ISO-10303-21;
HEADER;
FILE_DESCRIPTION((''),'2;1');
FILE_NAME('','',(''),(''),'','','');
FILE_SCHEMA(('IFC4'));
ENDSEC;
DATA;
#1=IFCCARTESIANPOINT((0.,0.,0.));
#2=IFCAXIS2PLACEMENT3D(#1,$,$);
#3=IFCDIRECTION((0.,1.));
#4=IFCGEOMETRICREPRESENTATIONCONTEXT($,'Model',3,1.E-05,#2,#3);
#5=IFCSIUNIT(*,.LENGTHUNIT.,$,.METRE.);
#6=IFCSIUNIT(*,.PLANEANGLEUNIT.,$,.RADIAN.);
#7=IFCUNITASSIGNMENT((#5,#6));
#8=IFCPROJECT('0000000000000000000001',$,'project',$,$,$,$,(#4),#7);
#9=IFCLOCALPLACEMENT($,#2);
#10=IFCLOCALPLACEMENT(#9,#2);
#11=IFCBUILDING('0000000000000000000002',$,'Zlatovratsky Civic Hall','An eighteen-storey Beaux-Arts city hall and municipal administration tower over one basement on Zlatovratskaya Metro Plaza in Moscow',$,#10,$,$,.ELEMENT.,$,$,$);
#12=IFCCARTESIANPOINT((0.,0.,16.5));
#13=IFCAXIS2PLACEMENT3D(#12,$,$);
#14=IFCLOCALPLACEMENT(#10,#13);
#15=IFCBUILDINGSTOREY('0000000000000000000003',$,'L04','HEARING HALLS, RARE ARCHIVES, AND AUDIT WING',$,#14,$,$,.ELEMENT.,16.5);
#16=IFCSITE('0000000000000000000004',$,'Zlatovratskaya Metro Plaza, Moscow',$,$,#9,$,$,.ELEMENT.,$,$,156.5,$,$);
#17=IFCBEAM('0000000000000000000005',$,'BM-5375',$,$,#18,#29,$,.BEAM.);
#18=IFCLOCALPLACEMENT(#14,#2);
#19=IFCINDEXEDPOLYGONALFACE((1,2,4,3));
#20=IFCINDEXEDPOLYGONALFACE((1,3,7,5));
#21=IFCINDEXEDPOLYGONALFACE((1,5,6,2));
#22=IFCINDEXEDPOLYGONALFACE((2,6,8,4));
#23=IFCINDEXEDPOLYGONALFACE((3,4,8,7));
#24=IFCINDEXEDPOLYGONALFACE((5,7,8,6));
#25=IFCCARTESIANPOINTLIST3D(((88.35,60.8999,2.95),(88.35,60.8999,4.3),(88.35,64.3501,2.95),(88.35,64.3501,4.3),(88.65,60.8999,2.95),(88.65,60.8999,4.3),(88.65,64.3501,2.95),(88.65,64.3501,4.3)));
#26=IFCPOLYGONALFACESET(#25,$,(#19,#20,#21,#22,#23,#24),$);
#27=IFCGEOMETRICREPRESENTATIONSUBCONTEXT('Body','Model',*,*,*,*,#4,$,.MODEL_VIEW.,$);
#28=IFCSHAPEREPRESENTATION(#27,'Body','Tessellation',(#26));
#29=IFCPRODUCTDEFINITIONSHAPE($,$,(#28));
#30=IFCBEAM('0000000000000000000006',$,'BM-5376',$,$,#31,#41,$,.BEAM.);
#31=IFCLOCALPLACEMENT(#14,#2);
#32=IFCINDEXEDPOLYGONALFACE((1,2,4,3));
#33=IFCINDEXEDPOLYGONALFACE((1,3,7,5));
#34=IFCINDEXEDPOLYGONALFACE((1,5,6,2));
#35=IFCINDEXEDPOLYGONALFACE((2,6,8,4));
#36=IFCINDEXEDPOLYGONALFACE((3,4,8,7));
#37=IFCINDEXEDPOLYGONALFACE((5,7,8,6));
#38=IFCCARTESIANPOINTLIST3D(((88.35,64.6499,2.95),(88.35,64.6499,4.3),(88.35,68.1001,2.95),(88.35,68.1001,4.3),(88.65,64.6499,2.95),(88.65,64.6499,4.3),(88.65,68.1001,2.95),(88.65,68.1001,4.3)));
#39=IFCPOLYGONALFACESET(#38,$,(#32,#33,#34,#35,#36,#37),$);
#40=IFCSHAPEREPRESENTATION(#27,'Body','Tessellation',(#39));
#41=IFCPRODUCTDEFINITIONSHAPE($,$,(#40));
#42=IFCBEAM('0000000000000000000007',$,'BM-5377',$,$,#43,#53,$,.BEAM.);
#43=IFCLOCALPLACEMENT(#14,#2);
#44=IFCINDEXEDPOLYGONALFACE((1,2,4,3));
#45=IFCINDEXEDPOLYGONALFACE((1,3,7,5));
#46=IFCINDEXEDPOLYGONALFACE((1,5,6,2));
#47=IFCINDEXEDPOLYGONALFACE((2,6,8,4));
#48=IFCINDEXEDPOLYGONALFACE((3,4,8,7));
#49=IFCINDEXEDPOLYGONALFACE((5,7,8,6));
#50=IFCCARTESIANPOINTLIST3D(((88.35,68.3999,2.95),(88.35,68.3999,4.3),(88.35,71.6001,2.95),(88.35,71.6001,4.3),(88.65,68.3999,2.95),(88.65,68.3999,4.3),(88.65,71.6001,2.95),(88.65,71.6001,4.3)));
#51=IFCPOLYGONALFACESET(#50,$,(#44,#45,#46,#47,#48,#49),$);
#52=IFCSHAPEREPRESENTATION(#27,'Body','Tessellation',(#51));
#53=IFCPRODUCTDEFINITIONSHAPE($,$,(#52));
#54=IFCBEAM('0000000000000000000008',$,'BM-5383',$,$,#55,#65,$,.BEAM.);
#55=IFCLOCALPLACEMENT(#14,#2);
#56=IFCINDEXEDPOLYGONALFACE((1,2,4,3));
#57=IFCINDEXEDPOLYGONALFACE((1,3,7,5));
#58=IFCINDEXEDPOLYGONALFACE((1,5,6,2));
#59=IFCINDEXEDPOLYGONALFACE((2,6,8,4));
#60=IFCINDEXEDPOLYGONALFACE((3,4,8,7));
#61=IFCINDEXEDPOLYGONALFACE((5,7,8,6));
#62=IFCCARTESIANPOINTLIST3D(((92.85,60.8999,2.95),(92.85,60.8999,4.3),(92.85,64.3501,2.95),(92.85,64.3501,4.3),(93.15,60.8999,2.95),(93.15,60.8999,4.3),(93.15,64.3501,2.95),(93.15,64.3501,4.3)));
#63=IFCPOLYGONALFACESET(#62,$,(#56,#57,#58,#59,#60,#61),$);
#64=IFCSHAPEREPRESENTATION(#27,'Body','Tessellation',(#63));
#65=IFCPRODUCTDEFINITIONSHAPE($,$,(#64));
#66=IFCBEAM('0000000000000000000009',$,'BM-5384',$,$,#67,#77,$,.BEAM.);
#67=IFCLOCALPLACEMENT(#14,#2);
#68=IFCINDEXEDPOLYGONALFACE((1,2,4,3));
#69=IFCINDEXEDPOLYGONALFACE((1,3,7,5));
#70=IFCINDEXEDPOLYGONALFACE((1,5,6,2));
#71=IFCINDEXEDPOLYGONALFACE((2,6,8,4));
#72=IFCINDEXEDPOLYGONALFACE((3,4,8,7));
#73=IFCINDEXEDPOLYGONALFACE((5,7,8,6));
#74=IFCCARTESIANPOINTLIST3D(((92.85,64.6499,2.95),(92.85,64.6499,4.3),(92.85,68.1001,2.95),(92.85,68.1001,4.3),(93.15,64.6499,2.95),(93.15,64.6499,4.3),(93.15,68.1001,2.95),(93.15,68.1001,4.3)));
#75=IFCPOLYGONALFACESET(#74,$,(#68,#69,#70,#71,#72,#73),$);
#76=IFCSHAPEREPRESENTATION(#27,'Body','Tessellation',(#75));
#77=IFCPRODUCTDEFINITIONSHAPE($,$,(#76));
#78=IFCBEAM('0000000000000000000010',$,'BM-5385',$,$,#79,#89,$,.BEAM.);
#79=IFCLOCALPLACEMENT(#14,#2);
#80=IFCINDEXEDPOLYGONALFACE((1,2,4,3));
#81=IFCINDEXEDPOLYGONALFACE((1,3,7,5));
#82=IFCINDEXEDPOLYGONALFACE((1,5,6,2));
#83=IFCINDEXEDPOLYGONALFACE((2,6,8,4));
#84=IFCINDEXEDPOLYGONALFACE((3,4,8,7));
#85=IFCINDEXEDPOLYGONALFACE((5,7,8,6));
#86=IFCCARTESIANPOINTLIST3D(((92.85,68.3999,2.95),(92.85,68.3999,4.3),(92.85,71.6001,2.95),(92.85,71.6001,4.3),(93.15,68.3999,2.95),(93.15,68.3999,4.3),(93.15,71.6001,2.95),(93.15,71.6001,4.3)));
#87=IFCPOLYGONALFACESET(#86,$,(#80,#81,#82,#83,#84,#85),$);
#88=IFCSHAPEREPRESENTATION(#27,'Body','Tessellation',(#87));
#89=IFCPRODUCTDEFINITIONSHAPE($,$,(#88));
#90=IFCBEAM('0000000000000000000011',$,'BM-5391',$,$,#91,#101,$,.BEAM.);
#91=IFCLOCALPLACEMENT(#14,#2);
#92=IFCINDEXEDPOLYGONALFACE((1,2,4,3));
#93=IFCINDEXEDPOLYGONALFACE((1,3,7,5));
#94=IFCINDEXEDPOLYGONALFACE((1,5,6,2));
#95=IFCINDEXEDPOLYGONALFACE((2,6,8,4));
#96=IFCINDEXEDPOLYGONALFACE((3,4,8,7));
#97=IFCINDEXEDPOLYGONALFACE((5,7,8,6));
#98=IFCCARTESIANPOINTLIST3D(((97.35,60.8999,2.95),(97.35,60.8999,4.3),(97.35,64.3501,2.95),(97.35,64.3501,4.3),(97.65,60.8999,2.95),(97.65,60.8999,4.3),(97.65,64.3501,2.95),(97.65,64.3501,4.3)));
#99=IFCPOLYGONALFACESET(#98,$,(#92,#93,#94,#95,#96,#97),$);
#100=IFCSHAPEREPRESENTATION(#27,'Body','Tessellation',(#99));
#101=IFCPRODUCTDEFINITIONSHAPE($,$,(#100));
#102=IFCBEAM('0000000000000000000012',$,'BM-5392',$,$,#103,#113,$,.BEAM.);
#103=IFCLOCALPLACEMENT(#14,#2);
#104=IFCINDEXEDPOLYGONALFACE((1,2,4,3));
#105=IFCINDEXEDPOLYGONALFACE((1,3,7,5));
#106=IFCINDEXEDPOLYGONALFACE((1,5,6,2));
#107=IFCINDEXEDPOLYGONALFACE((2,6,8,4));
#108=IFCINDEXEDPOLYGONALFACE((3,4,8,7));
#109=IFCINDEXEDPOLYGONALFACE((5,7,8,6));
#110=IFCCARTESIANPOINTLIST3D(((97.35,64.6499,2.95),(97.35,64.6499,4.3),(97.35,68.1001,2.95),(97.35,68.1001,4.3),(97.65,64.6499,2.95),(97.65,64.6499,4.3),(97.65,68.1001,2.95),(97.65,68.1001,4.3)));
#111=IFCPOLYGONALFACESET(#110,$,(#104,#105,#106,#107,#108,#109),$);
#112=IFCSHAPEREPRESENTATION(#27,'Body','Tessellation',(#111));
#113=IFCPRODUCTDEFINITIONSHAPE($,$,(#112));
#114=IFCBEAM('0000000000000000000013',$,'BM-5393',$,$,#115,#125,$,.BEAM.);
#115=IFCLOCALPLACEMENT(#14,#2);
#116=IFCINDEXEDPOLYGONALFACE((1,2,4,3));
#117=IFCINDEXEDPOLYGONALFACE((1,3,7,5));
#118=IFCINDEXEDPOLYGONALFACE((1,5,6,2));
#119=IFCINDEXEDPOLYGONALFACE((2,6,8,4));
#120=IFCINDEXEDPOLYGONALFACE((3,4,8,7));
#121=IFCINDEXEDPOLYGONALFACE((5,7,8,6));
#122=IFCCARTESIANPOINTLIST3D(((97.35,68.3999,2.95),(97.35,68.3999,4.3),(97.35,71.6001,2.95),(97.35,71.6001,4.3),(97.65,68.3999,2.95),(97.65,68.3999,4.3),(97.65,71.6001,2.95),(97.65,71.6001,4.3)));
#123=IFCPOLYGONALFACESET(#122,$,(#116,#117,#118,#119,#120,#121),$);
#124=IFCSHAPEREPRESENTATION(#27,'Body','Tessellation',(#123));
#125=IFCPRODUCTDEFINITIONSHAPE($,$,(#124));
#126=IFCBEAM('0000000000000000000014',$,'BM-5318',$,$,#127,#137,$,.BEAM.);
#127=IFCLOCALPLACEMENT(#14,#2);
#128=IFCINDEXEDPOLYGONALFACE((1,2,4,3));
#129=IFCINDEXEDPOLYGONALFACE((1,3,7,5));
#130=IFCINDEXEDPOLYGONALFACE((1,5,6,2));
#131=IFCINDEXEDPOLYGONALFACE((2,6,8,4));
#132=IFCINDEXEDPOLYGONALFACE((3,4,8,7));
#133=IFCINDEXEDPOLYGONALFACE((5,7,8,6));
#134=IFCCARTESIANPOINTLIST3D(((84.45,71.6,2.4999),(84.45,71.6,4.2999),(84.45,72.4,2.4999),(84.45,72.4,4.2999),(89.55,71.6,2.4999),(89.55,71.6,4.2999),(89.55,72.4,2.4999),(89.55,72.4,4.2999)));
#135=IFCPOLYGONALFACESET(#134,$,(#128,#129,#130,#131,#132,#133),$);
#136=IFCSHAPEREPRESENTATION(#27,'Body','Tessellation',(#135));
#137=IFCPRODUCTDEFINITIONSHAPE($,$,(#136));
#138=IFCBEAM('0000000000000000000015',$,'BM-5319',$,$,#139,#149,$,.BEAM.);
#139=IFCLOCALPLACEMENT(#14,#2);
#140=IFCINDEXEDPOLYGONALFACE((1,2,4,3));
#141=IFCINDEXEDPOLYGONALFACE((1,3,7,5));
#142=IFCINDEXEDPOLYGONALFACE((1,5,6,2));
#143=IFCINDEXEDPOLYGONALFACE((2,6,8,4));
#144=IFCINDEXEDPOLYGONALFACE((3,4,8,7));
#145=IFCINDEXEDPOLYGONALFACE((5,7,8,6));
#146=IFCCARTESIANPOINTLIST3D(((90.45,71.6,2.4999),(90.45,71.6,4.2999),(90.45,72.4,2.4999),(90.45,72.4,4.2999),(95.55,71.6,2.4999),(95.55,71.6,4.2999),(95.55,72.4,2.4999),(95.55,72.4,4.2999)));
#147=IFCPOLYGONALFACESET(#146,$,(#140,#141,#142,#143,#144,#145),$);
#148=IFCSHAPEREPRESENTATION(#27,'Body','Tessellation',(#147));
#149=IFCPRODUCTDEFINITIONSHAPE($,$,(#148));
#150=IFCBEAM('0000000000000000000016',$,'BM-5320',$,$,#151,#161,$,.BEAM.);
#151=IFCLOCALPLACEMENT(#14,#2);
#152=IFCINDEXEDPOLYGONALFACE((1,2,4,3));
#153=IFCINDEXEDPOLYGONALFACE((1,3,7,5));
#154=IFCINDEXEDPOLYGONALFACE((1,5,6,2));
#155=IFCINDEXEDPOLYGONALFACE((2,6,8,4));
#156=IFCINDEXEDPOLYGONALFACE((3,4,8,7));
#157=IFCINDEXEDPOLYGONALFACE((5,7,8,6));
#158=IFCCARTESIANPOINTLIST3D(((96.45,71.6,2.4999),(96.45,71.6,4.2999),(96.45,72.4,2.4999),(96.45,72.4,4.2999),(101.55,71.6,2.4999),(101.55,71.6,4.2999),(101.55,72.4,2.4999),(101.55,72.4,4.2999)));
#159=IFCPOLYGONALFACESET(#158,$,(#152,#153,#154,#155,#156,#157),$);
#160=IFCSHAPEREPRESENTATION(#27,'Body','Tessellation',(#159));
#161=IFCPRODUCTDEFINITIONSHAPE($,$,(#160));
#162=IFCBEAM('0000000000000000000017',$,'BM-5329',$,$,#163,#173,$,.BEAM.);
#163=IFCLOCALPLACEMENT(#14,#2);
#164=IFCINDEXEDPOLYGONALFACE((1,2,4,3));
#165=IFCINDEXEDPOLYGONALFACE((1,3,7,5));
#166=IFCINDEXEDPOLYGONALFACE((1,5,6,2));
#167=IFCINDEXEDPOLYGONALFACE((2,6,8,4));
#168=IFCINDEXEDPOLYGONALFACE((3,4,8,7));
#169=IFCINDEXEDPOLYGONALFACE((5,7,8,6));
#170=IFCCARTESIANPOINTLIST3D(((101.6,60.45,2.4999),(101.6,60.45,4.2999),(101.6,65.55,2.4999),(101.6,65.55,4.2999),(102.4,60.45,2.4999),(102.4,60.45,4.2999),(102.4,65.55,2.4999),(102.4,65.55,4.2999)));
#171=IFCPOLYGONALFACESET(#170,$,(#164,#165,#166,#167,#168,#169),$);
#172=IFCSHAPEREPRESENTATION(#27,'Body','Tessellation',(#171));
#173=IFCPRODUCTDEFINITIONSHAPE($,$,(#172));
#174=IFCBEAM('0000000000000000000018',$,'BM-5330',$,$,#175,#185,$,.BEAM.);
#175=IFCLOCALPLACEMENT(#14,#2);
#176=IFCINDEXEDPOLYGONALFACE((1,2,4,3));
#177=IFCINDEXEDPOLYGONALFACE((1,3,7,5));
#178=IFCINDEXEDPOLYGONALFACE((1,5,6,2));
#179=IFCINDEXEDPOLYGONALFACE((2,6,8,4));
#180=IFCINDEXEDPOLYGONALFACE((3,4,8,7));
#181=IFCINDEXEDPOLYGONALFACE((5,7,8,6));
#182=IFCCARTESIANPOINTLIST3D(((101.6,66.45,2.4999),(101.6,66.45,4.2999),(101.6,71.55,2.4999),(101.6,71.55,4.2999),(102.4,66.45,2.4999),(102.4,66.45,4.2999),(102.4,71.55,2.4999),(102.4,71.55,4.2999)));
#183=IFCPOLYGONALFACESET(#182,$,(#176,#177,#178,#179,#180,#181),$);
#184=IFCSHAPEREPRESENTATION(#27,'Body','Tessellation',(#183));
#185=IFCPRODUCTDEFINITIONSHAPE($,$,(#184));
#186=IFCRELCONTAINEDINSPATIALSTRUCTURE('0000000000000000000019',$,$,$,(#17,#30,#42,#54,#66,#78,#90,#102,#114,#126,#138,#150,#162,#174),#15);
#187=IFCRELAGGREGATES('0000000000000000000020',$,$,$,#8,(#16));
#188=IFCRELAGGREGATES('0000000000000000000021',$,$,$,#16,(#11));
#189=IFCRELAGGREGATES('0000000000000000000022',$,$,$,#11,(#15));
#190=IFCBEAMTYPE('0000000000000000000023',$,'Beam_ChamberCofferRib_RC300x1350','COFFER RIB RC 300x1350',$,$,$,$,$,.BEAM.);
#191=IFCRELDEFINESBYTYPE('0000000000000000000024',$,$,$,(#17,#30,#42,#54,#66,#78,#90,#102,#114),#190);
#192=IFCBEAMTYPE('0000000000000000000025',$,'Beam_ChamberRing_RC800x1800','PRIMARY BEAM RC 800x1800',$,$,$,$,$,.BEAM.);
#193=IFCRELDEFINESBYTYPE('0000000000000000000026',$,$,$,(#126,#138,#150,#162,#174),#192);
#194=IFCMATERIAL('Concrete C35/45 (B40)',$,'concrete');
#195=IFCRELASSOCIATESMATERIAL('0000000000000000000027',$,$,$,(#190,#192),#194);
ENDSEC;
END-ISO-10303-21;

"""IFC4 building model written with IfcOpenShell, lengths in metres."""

from ifc_helpers import new_model, si_unit, direction, frame, origin, origin_2d, place, context, subcontext, project, spatial, rectangle, extrude, material, material_profile, profile_set, type_object, element, save


model = new_model("IFC4")

# Units and contexts
model_context = context("Model", 3, precision=1e-05, world=origin(), true_north=direction((0.0, 1.0)))
body_context = subcontext(model_context, "Body", "Model", "MODEL_VIEW")
ifc_project = project(units=[si_unit("LENGTHUNIT", "METRE"), si_unit("PLANEANGLEUNIT", "RADIAN")], contexts=[model_context])

# Site, building, storey
site_placement = place(None, origin())
site = spatial("IfcSite", under=ifc_project, at=site_placement, Name="Zlatovratskaya Metro Plaza, Moscow", CompositionType="ELEMENT", RefElevation=156.5)
building_placement = place(site_placement, origin())
building = spatial("IfcBuilding", under=site, at=building_placement, Name="Zlatovratsky Civic Hall", Description="An eighteen-storey Beaux-Arts city hall and municipal administration tower over one basement on Zlatovratskaya Metro Plaza in Moscow", CompositionType="ELEMENT")
storey_placement = place(building_placement, frame((0.0, 0.0, 16.5)))
storey = spatial("IfcBuildingStorey", under=building, at=storey_placement, Name="L04", Description="HEARING HALLS, RARE ARCHIVES, AND AUDIT WING", CompositionType="ELEMENT", Elevation=16.5)

# Shared definitions
ifc_material_1 = material(Name="Concrete C35/45 (B40)", Category="concrete")

# Beams
ifc_material_profile_1 = material_profile(ifc_material_1, rectangle(XDim=0.3, YDim=1.3501, at=origin_2d()), Name="RC 300x1350")
ifc_profile_set_1 = profile_set([ifc_material_profile_1], Name="Concrete C35/45 (B40)")
beam_type_1 = type_object("IfcBeamType", Name="Beam_ChamberCofferRib_RC300x1350", Description="COFFER RIB RC 300x1350", PredefinedType="BEAM", material=ifc_profile_set_1)
for number, where, z_axis, x_axis, name in (
    (1, (88.5, 60.8999, 3.625), (0.0, 1.0, 0.0), (-1.0, 0.0, 0.0), "BM-5375"),
    (2, (88.5, 64.6499, 3.625), (0.0, 1.0, 0.0), (-1.0, 0.0, 0.0), "BM-5376"),
):
    element("IfcBeam", number, at=place(storey_placement, frame(where, z_axis=z_axis, x_axis=x_axis)), inside=storey, type_object=beam_type_1, Name=name, PredefinedType="BEAM", context=body_context, shape_type="SweptSolid", body=[
        extrude(rectangle(XDim=0.3, YDim=1.3501, at=origin_2d()), origin(), (0.0, 0.0, 1.0), 3.4502),
    ])
beam_1_placement = place(storey_placement, frame((88.5, 68.3999, 3.625), z_axis=(0.0, 1.0, 0.0), x_axis=(-1.0, 0.0, 0.0)))
element("IfcBeam", 3, at=beam_1_placement, inside=storey, type_object=beam_type_1, Name="BM-5377", PredefinedType="BEAM", context=body_context, shape_type="SweptSolid", body=[
    extrude(rectangle(XDim=0.3, YDim=1.3501, at=origin_2d()), origin(), (0.0, 0.0, 1.0), 3.2002),
])
for number, where, z_axis, x_axis, name in (
    (4, (93.0, 60.8999, 3.625), (0.0, 1.0, 0.0), (-1.0, 0.0, 0.0), "BM-5383"),
    (5, (93.0, 64.6499, 3.625), (0.0, 1.0, 0.0), (-1.0, 0.0, 0.0), "BM-5384"),
):
    element("IfcBeam", number, at=place(storey_placement, frame(where, z_axis=z_axis, x_axis=x_axis)), inside=storey, type_object=beam_type_1, Name=name, PredefinedType="BEAM", context=body_context, shape_type="SweptSolid", body=[
        extrude(rectangle(XDim=0.3, YDim=1.3501, at=origin_2d()), origin(), (0.0, 0.0, 1.0), 3.4502),
    ])
beam_2_placement = place(storey_placement, frame((93.0, 68.3999, 3.625), z_axis=(0.0, 1.0, 0.0), x_axis=(-1.0, 0.0, 0.0)))
element("IfcBeam", 6, at=beam_2_placement, inside=storey, type_object=beam_type_1, Name="BM-5385", PredefinedType="BEAM", context=body_context, shape_type="SweptSolid", body=[
    extrude(rectangle(XDim=0.3, YDim=1.3501, at=origin_2d()), origin(), (0.0, 0.0, 1.0), 3.2002),
])
for number, where, z_axis, x_axis, name in (
    (7, (97.5, 60.8999, 3.625), (0.0, 1.0, 0.0), (-1.0, 0.0, 0.0), "BM-5391"),
    (8, (97.5, 64.6499, 3.625), (0.0, 1.0, 0.0), (-1.0, 0.0, 0.0), "BM-5392"),
):
    element("IfcBeam", number, at=place(storey_placement, frame(where, z_axis=z_axis, x_axis=x_axis)), inside=storey, type_object=beam_type_1, Name=name, PredefinedType="BEAM", context=body_context, shape_type="SweptSolid", body=[
        extrude(rectangle(XDim=0.3, YDim=1.3501, at=origin_2d()), origin(), (0.0, 0.0, 1.0), 3.4502),
    ])
beam_3_placement = place(storey_placement, frame((97.5, 68.3999, 3.625), z_axis=(0.0, 1.0, 0.0), x_axis=(-1.0, 0.0, 0.0)))
element("IfcBeam", 9, at=beam_3_placement, inside=storey, type_object=beam_type_1, Name="BM-5393", PredefinedType="BEAM", context=body_context, shape_type="SweptSolid", body=[
    extrude(rectangle(XDim=0.3, YDim=1.3501, at=origin_2d()), origin(), (0.0, 0.0, 1.0), 3.2002),
])
ifc_material_profile_2 = material_profile(ifc_material_1, rectangle(XDim=0.8, YDim=1.8, at=origin_2d()), Name="RC 800x1800")
ifc_profile_set_2 = profile_set([ifc_material_profile_2], Name="Concrete C35/45 (B40)")
beam_type_2 = type_object("IfcBeamType", Name="Beam_ChamberRing_RC800x1800", Description="PRIMARY BEAM RC 800x1800", PredefinedType="BEAM", material=ifc_profile_set_2)
for number, where, z_axis, x_axis, name in (
    (10, (84.45, 72.0, 3.3999), (1.0, 0.0, 0.0), (0.0, 1.0, 0.0), "BM-5318"),
    (11, (90.45, 72.0, 3.3999), (1.0, 0.0, 0.0), (0.0, 1.0, 0.0), "BM-5319"),
    (12, (96.45, 72.0, 3.3999), (1.0, 0.0, 0.0), (0.0, 1.0, 0.0), "BM-5320"),
    (13, (102.0, 60.45, 3.3999), (0.0, 1.0, 0.0), (-1.0, 0.0, 0.0), "BM-5329"),
    (14, (102.0, 66.45, 3.3999), (0.0, 1.0, 0.0), (-1.0, 0.0, 0.0), "BM-5330"),
):
    element("IfcBeam", number, at=place(storey_placement, frame(where, z_axis=z_axis, x_axis=x_axis)), inside=storey, type_object=beam_type_2, Name=name, PredefinedType="BEAM", context=body_context, shape_type="SweptSolid", body=[
        extrude(rectangle(XDim=0.8, YDim=1.8, at=origin_2d()), origin(), (0.0, 0.0, 1.0), 5.1001),
    ])

save(model, "model.ifc")
